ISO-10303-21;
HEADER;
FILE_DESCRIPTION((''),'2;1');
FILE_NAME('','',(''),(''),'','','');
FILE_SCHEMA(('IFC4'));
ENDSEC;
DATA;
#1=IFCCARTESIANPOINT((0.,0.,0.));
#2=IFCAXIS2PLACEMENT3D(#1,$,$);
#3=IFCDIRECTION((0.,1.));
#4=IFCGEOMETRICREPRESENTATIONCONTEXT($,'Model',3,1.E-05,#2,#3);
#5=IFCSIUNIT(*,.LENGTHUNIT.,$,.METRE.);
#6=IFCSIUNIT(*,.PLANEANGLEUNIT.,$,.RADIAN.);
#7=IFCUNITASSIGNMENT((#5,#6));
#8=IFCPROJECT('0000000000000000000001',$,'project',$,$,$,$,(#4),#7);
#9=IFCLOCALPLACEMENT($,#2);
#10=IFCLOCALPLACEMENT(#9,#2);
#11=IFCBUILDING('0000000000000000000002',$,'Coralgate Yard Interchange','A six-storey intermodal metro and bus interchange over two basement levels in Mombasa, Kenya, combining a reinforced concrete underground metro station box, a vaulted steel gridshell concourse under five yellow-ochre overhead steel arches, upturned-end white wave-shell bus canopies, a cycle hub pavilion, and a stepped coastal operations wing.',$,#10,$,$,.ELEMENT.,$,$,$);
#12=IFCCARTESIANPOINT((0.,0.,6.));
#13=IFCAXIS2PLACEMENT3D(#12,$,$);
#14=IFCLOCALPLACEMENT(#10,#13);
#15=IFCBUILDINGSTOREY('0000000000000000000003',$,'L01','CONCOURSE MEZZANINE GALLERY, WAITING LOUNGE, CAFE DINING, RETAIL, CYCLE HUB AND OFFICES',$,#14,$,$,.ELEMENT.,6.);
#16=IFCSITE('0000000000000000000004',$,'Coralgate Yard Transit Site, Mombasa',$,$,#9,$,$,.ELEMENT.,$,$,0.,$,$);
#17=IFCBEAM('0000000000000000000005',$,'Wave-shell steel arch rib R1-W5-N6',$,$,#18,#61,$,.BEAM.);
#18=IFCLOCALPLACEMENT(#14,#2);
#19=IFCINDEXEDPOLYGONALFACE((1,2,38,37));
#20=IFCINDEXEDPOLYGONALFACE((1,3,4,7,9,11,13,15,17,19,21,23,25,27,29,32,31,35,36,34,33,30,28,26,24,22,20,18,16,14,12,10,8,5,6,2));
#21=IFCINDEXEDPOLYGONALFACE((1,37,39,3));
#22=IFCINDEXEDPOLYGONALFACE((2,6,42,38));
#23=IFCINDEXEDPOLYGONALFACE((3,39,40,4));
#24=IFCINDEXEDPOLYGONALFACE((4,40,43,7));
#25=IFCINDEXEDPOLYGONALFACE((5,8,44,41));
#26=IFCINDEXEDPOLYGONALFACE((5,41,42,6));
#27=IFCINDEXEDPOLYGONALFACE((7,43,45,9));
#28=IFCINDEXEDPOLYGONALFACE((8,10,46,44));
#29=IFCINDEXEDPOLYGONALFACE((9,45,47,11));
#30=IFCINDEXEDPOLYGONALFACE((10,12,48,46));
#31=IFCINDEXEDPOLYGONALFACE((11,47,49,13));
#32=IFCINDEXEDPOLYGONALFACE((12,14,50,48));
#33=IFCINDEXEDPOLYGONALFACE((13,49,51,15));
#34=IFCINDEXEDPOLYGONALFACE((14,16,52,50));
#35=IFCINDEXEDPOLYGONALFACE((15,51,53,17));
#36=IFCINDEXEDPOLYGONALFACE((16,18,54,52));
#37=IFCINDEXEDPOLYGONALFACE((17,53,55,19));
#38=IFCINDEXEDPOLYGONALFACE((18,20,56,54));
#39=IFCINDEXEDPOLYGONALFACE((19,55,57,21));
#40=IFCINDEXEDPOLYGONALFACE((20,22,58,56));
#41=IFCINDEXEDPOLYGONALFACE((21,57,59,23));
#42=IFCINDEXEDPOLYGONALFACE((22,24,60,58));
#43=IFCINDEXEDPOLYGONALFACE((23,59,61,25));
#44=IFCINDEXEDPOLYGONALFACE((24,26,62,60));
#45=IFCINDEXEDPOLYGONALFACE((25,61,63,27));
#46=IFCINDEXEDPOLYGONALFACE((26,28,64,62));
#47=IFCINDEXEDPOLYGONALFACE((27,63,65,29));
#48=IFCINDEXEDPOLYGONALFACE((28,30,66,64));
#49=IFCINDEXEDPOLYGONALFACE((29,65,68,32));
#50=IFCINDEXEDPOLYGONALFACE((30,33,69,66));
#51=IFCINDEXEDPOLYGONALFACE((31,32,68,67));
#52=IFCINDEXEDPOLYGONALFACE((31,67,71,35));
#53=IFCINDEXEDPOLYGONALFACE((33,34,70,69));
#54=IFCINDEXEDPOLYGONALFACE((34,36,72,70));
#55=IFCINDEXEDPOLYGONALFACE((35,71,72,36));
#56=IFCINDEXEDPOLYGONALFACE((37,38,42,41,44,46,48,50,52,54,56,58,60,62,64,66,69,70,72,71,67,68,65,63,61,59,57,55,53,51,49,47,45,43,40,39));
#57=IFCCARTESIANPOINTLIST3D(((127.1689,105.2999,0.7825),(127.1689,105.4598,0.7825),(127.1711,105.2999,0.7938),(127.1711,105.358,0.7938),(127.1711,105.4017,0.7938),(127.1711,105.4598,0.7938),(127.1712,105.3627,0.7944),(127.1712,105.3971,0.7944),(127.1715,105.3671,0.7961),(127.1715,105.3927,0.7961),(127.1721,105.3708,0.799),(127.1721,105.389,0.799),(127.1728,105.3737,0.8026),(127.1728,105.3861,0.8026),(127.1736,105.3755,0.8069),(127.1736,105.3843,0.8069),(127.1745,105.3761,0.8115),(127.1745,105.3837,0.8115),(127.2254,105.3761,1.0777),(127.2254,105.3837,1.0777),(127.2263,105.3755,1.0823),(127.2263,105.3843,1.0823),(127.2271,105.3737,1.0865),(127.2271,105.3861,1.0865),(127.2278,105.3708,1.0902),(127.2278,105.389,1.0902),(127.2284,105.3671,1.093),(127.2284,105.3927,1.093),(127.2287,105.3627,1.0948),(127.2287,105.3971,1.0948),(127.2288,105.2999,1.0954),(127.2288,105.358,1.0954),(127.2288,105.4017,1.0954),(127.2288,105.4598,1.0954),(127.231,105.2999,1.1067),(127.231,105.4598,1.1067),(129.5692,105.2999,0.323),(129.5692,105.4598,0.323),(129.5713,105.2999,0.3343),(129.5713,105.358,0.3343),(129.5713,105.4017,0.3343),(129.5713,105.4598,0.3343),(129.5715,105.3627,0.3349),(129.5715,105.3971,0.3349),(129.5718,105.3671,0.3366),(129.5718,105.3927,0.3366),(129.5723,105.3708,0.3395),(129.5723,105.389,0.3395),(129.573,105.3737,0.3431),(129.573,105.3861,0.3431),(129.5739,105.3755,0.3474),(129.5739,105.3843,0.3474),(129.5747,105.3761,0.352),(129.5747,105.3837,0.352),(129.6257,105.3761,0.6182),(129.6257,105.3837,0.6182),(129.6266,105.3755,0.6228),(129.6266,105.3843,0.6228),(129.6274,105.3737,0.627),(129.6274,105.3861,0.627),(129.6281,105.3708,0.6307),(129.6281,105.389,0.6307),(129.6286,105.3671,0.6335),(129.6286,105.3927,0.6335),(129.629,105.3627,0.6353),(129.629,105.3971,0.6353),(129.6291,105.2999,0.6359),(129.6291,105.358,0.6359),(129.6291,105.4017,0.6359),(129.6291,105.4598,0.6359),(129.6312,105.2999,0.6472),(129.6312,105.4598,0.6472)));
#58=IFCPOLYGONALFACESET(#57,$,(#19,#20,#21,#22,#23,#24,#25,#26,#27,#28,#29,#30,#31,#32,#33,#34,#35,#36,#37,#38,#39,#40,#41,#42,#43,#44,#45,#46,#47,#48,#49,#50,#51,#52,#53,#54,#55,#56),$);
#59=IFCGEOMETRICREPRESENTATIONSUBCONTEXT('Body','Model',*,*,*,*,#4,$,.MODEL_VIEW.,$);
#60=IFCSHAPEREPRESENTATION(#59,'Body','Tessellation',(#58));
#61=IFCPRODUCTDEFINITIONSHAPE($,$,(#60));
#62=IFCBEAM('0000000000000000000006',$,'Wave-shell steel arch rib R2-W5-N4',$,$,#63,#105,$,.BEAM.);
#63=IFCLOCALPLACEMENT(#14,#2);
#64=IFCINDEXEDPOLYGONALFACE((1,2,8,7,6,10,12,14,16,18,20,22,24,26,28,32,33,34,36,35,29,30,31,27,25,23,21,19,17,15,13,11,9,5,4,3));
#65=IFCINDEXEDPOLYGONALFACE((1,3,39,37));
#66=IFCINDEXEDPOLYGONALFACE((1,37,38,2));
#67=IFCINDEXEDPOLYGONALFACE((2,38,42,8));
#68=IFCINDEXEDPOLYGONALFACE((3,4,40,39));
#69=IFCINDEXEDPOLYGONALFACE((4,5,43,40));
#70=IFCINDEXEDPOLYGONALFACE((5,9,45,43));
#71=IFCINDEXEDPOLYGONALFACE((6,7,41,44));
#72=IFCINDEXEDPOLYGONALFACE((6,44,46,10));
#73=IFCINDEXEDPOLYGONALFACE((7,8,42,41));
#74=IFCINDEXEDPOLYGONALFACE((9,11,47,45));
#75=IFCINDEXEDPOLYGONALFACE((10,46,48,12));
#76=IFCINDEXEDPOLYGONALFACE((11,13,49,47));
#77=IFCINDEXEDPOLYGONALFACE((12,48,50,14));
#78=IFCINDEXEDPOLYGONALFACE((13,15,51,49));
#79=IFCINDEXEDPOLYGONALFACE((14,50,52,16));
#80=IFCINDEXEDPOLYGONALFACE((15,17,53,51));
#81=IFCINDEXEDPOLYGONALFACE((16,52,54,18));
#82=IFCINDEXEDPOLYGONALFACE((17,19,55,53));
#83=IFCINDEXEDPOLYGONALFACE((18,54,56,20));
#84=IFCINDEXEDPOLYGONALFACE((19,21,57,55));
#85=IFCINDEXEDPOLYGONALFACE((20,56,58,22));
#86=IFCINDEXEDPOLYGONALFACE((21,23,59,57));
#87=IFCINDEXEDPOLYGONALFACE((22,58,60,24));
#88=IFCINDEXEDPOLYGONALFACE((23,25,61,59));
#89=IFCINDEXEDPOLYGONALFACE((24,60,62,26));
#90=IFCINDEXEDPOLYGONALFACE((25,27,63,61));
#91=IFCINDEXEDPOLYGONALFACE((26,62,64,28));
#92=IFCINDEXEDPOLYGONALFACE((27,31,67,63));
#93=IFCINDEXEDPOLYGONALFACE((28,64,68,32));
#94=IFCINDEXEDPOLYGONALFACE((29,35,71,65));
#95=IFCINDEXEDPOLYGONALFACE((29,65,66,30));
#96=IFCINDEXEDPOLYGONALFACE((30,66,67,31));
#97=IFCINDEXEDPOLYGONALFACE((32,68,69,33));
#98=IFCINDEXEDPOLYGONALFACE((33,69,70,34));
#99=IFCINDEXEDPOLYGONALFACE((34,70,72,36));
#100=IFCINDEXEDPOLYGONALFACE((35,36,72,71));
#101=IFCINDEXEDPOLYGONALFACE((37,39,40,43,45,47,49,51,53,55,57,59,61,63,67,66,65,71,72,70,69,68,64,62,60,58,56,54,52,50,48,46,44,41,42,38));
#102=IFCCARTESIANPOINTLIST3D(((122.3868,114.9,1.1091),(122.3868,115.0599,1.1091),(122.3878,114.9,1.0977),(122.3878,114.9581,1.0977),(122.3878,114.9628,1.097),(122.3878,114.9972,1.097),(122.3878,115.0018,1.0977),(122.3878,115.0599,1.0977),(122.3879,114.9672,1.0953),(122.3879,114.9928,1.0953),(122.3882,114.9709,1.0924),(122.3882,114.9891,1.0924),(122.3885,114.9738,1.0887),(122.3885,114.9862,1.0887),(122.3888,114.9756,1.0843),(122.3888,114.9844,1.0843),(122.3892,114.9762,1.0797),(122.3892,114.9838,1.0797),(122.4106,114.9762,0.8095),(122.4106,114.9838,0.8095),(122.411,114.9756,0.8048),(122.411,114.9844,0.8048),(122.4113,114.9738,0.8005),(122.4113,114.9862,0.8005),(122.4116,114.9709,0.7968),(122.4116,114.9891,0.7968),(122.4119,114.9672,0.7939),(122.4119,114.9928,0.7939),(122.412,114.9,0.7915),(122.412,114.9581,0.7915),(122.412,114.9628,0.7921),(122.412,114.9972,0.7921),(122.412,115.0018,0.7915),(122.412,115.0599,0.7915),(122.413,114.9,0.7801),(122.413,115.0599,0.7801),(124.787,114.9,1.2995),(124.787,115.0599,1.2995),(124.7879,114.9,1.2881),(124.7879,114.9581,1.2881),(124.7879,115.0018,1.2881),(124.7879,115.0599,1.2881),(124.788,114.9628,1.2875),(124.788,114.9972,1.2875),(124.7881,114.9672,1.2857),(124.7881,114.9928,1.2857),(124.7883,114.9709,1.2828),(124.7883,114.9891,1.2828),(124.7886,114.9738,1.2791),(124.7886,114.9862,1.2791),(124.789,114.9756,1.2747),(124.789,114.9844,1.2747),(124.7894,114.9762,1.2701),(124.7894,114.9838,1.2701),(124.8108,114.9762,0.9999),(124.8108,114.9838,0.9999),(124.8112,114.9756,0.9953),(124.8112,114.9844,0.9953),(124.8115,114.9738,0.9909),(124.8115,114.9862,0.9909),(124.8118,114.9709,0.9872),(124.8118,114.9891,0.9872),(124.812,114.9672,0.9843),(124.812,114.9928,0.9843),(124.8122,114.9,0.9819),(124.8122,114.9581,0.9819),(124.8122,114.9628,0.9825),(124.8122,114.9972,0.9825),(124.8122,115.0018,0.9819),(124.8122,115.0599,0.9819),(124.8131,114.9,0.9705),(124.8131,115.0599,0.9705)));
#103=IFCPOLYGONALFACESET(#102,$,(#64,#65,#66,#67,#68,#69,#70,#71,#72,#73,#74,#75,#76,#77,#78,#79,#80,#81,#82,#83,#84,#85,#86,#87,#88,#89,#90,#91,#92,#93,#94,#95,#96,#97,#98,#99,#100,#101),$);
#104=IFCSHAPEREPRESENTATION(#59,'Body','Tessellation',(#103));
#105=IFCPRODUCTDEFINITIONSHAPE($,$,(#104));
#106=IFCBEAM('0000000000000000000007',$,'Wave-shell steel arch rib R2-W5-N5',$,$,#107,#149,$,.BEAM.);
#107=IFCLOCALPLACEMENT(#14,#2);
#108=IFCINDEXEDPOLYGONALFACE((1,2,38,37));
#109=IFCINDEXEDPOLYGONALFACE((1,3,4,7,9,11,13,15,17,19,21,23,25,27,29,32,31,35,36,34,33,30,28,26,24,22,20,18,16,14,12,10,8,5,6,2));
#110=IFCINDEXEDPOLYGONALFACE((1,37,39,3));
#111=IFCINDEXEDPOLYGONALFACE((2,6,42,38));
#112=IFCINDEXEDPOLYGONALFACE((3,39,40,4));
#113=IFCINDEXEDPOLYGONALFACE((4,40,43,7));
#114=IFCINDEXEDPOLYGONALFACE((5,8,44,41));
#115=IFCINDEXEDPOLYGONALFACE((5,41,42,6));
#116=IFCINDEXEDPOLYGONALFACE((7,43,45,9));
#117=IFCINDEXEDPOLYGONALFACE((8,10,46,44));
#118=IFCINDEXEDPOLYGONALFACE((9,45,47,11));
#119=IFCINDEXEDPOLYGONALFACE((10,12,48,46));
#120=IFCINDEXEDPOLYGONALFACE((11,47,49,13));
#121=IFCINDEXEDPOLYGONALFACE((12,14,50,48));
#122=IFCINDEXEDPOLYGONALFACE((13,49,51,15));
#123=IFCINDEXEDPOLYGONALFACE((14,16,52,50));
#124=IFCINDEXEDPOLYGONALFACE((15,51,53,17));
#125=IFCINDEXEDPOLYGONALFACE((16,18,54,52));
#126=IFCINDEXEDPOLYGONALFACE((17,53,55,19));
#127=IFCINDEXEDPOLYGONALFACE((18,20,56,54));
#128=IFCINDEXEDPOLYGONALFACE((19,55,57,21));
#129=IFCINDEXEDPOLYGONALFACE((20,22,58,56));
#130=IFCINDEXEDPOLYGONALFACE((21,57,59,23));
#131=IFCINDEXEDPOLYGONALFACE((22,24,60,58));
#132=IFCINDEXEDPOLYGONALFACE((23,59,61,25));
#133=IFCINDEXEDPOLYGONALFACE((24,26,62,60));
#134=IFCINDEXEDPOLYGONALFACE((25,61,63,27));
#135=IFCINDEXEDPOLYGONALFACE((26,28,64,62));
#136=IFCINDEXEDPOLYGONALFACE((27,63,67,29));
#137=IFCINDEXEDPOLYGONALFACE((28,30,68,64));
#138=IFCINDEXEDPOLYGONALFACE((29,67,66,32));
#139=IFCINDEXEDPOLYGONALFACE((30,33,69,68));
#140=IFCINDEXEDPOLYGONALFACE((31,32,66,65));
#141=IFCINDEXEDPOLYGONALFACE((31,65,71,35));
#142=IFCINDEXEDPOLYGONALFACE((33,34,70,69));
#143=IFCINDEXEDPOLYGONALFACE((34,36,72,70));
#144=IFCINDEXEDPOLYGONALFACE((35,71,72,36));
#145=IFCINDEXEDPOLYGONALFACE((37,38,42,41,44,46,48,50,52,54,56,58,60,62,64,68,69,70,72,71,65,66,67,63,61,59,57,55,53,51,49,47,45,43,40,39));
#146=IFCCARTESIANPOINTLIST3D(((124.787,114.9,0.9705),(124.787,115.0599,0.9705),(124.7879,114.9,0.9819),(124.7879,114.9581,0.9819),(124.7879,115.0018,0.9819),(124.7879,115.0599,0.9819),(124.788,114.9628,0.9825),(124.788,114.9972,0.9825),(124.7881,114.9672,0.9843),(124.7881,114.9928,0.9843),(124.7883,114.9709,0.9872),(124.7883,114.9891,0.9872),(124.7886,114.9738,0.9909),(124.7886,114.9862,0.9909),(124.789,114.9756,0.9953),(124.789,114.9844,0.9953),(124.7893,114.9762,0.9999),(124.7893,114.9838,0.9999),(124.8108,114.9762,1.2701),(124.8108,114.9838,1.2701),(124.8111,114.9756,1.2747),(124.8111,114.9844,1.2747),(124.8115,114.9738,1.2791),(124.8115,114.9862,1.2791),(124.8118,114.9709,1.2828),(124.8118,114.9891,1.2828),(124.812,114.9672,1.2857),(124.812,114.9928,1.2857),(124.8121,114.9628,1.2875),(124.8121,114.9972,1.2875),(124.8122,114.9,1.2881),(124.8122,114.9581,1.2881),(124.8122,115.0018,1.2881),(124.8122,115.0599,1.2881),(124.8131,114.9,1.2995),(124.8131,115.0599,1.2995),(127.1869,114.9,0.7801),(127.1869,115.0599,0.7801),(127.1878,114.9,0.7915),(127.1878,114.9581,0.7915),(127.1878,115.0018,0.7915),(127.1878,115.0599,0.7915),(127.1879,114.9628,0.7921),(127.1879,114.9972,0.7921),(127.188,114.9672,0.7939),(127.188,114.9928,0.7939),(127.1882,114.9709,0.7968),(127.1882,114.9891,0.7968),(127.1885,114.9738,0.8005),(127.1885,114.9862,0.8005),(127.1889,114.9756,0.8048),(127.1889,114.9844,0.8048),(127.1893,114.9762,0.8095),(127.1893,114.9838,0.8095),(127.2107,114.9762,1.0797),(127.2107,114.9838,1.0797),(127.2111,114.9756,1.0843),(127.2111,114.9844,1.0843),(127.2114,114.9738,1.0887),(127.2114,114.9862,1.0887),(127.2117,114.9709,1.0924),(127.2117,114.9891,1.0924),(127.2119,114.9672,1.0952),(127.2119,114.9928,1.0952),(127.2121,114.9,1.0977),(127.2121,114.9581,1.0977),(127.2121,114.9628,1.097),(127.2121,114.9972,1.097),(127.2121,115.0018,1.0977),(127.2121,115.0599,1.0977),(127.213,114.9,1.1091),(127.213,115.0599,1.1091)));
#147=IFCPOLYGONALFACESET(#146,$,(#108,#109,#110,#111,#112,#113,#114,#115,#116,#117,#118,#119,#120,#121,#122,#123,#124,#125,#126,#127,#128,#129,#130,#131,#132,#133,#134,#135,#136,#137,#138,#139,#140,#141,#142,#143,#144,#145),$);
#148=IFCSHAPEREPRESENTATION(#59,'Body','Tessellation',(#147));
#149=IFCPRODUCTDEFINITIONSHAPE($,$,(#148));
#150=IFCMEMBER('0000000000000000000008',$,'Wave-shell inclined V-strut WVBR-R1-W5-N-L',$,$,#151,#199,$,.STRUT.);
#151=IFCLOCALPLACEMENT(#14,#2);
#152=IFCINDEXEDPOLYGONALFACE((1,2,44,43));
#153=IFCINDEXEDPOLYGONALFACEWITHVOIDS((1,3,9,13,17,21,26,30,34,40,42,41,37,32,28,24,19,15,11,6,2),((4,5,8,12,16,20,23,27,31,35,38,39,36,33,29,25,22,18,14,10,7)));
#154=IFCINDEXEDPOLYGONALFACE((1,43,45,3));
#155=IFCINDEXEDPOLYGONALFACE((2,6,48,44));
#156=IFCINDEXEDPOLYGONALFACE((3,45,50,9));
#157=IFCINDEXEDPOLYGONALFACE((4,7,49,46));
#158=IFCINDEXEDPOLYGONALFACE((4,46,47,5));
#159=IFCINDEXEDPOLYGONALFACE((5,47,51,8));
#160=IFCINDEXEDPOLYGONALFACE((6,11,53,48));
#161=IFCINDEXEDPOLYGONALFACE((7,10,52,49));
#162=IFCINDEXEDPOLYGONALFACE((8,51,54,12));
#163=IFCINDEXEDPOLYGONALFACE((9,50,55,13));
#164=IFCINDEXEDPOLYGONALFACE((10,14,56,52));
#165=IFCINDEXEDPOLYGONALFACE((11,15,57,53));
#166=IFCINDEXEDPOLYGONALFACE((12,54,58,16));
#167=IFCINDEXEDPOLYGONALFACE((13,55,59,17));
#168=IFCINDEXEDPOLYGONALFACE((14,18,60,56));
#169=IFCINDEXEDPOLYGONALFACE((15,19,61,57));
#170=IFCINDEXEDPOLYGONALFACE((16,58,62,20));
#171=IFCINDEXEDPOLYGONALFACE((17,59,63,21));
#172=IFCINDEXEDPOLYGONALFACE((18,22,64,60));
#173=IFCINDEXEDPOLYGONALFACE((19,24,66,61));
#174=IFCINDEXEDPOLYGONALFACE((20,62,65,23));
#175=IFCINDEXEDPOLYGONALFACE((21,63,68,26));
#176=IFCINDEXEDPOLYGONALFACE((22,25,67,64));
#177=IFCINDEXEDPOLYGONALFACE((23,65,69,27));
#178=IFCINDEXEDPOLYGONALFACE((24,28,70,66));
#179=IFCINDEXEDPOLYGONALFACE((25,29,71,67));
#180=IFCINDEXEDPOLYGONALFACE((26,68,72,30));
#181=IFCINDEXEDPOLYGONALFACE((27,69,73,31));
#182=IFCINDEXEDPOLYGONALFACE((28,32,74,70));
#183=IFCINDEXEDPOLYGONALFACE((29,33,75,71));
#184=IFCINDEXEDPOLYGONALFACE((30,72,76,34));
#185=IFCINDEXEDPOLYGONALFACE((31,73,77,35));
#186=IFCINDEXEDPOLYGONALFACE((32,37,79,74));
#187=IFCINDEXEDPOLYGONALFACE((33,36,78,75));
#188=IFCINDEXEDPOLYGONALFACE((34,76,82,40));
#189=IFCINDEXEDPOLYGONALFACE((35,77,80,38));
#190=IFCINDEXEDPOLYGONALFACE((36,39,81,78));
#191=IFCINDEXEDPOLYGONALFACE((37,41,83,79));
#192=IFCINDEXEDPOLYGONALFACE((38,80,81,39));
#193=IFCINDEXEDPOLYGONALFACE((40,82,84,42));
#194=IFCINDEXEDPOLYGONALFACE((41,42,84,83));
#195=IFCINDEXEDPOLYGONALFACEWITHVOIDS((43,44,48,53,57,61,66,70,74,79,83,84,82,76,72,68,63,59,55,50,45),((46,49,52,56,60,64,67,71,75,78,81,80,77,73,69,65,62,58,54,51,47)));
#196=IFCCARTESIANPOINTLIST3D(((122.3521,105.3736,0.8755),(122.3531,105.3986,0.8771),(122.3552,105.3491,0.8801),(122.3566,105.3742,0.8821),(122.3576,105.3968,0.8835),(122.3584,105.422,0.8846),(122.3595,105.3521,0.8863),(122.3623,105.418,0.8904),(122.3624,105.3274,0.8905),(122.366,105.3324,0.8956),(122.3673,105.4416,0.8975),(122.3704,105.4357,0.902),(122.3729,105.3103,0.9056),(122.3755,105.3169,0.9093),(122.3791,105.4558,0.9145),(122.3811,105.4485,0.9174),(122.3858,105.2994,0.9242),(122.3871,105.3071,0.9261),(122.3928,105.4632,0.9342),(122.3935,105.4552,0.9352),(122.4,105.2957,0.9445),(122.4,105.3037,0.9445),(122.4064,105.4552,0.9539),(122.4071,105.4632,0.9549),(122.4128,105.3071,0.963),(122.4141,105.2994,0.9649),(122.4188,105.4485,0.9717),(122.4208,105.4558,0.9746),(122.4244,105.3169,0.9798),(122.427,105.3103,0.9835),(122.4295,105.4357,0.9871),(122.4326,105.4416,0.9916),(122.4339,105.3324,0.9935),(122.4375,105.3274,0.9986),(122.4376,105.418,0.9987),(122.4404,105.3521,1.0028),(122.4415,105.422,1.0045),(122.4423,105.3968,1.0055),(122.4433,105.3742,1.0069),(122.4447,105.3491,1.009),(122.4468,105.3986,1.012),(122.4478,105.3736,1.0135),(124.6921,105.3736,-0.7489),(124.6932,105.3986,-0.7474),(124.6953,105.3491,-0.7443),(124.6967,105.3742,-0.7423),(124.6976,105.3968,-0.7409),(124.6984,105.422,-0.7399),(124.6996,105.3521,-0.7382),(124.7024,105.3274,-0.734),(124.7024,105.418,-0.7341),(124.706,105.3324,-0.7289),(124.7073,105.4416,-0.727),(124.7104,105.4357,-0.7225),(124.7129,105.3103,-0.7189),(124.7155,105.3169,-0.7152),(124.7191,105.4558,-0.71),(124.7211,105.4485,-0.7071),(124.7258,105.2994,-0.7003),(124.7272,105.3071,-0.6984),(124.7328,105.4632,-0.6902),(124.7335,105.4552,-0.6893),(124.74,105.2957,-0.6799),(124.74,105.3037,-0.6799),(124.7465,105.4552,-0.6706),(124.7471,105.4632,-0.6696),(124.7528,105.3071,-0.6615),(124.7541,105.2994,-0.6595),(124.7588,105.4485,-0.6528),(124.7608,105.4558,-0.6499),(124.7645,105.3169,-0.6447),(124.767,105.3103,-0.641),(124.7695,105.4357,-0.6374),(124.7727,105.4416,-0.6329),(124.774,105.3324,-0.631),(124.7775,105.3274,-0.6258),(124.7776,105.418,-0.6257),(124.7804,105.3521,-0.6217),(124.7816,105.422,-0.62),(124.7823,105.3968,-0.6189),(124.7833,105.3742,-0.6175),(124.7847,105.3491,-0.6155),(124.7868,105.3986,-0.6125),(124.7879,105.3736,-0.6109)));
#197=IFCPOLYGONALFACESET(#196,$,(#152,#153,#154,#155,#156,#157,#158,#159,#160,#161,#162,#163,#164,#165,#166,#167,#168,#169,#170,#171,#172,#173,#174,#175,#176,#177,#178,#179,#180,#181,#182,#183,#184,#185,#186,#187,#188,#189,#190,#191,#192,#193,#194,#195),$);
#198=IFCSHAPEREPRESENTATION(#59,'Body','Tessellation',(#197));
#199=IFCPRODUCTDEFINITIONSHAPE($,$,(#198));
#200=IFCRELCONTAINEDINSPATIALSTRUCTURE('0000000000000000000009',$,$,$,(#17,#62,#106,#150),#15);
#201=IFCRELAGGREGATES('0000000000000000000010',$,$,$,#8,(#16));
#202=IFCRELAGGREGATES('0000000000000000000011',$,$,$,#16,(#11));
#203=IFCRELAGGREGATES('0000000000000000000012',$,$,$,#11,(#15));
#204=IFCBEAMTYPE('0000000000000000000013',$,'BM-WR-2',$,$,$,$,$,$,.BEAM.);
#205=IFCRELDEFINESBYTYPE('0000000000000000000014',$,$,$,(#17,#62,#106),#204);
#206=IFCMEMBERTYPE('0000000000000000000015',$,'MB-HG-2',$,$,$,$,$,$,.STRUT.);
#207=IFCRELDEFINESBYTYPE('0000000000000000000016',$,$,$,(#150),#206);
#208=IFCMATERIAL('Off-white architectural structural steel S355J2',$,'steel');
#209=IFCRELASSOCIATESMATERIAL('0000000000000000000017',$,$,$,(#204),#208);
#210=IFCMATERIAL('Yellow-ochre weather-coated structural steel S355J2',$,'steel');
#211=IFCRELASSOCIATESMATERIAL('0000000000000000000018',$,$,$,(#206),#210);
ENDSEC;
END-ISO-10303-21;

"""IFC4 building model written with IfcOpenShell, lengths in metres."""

from ifc_helpers import new_model, si_unit, direction, frame, origin, origin_2d, place, context, subcontext, project, spatial, hollow_circle, i_section, extrude, material, material_profile, profile_set, type_object, element, save


model = new_model("IFC4")

# Units and contexts
model_context = context("Model", 3, precision=1e-05, world=origin(), true_north=direction((0.0, 1.0)))
body_context = subcontext(model_context, "Body", "Model", "MODEL_VIEW")
ifc_project = project(units=[si_unit("LENGTHUNIT", "METRE"), si_unit("PLANEANGLEUNIT", "RADIAN")], contexts=[model_context])

# Site, building, storey
site_placement = place(None, origin())
site = spatial("IfcSite", under=ifc_project, at=site_placement, Name="Coralgate Yard Transit Site, Mombasa", CompositionType="ELEMENT", RefElevation=0.0)
building_placement = place(site_placement, origin())
building = spatial("IfcBuilding", under=site, at=building_placement, Name="Coralgate Yard Interchange", Description="A six-storey intermodal metro and bus interchange over two basement levels in Mombasa, Kenya, combining a reinforced concrete underground metro station box, a vaulted steel gridshell concourse under five yellow-ochre overhead steel arches, upturned-end white wave-shell bus canopies, a cycle hub pavilion, and a stepped coastal operations wing.", CompositionType="ELEMENT")
storey_placement = place(building_placement, frame((0.0, 0.0, 6.0)))
storey = spatial("IfcBuildingStorey", under=building, at=storey_placement, Name="L01", Description="CONCOURSE MEZZANINE GALLERY, WAITING LOUNGE, CAFE DINING, RETAIL, CYCLE HUB AND OFFICES", CompositionType="ELEMENT", Elevation=6.0)

# Beams
ifc_material_1 = material(Name="Off-white architectural structural steel S355J2", Category="steel")
ifc_material_profile_1 = material_profile(ifc_material_1, i_section(OverallWidth=0.1599, OverallDepth=0.3301, WebThickness=0.0076, FlangeThickness=0.0115, FilletRadius=0.0181, at=origin_2d()), Name="IPE 330")
ifc_profile_set_1 = profile_set([ifc_material_profile_1], Name="Off-white architectural structural steel S355J2")
beam_type_1 = type_object("IfcBeamType", Name="BM-WR-2", PredefinedType="BEAM", material=ifc_profile_set_1)
beam_1_placement = place(storey_placement, frame((127.2, 105.3799, 0.9446), z_axis=(0.982165, 0.0, -0.188021), x_axis=(0.0, 1.0, 0.0)))
element("IfcBeam", 1, at=beam_1_placement, inside=storey, type_object=beam_type_1, Name="Wave-shell steel arch rib R1-W5-N6", PredefinedType="BEAM", context=body_context, shape_type="SweptSolid", body=[
    extrude(i_section(OverallWidth=0.1599, OverallDepth=0.3301, WebThickness=0.0076, FlangeThickness=0.0115, FilletRadius=0.0181, at=origin_2d()), origin(), (0.0, 0.0, 1.0), 2.4438),
])
beam_2_placement = place(storey_placement, frame((122.3999, 114.98, 0.9446), z_axis=(0.996867, 0.0, 0.079092), x_axis=(0.0, 1.0, 0.0)))
element("IfcBeam", 2, at=beam_2_placement, inside=storey, type_object=beam_type_1, Name="Wave-shell steel arch rib R2-W5-N4", PredefinedType="BEAM", context=body_context, shape_type="SweptSolid", body=[
    extrude(i_section(OverallWidth=0.1599, OverallDepth=0.3301, WebThickness=0.0076, FlangeThickness=0.0115, FilletRadius=0.0181, at=origin_2d()), origin(), (0.0, 0.0, 1.0), 2.4077),
])
beam_3_placement = place(storey_placement, frame((124.8, 114.98, 1.135), z_axis=(0.996867, 0.0, -0.0791), x_axis=(0.0, 1.0, 0.0)))
element("IfcBeam", 3, at=beam_3_placement, inside=storey, type_object=beam_type_1, Name="Wave-shell steel arch rib R2-W5-N5", PredefinedType="BEAM", context=body_context, shape_type="SweptSolid", body=[
    extrude(i_section(OverallWidth=0.1599, OverallDepth=0.3301, WebThickness=0.0076, FlangeThickness=0.0115, FilletRadius=0.0181, at=origin_2d()), origin(), (0.0, 0.0, 1.0), 2.4075),
])

# Member
ifc_material_2 = material(Name="Yellow-ochre weather-coated structural steel S355J2", Category="steel")
ifc_material_profile_2 = material_profile(ifc_material_2, hollow_circle(Radius=0.0842, WallThickness=0.0081, at=origin_2d()), Name="CHS 168.3x8")
ifc_profile_set_2 = profile_set([ifc_material_profile_2], Name="Yellow-ochre weather-coated structural steel S355J2")
member_type_1 = type_object("IfcMemberType", Name="MB-HG-2", PredefinedType="STRUT", material=ifc_profile_set_2)
member_1_placement = place(storey_placement, frame((124.74, 105.3799, -0.6799), z_axis=(-0.82146, 0.0, 0.570266), x_axis=(0.0, -1.0, 0.0)))
element("IfcMember", 4, at=member_1_placement, inside=storey, type_object=member_type_1, Name="Wave-shell inclined V-strut WVBR-R1-W5-N-L", PredefinedType="STRUT", context=body_context, shape_type="SweptSolid", body=[
    extrude(hollow_circle(Radius=0.0842, WallThickness=0.0081, at=origin_2d()), origin(), (0.0, 0.0, 1.0), 2.8486),
])

save(model, "model.ifc")
